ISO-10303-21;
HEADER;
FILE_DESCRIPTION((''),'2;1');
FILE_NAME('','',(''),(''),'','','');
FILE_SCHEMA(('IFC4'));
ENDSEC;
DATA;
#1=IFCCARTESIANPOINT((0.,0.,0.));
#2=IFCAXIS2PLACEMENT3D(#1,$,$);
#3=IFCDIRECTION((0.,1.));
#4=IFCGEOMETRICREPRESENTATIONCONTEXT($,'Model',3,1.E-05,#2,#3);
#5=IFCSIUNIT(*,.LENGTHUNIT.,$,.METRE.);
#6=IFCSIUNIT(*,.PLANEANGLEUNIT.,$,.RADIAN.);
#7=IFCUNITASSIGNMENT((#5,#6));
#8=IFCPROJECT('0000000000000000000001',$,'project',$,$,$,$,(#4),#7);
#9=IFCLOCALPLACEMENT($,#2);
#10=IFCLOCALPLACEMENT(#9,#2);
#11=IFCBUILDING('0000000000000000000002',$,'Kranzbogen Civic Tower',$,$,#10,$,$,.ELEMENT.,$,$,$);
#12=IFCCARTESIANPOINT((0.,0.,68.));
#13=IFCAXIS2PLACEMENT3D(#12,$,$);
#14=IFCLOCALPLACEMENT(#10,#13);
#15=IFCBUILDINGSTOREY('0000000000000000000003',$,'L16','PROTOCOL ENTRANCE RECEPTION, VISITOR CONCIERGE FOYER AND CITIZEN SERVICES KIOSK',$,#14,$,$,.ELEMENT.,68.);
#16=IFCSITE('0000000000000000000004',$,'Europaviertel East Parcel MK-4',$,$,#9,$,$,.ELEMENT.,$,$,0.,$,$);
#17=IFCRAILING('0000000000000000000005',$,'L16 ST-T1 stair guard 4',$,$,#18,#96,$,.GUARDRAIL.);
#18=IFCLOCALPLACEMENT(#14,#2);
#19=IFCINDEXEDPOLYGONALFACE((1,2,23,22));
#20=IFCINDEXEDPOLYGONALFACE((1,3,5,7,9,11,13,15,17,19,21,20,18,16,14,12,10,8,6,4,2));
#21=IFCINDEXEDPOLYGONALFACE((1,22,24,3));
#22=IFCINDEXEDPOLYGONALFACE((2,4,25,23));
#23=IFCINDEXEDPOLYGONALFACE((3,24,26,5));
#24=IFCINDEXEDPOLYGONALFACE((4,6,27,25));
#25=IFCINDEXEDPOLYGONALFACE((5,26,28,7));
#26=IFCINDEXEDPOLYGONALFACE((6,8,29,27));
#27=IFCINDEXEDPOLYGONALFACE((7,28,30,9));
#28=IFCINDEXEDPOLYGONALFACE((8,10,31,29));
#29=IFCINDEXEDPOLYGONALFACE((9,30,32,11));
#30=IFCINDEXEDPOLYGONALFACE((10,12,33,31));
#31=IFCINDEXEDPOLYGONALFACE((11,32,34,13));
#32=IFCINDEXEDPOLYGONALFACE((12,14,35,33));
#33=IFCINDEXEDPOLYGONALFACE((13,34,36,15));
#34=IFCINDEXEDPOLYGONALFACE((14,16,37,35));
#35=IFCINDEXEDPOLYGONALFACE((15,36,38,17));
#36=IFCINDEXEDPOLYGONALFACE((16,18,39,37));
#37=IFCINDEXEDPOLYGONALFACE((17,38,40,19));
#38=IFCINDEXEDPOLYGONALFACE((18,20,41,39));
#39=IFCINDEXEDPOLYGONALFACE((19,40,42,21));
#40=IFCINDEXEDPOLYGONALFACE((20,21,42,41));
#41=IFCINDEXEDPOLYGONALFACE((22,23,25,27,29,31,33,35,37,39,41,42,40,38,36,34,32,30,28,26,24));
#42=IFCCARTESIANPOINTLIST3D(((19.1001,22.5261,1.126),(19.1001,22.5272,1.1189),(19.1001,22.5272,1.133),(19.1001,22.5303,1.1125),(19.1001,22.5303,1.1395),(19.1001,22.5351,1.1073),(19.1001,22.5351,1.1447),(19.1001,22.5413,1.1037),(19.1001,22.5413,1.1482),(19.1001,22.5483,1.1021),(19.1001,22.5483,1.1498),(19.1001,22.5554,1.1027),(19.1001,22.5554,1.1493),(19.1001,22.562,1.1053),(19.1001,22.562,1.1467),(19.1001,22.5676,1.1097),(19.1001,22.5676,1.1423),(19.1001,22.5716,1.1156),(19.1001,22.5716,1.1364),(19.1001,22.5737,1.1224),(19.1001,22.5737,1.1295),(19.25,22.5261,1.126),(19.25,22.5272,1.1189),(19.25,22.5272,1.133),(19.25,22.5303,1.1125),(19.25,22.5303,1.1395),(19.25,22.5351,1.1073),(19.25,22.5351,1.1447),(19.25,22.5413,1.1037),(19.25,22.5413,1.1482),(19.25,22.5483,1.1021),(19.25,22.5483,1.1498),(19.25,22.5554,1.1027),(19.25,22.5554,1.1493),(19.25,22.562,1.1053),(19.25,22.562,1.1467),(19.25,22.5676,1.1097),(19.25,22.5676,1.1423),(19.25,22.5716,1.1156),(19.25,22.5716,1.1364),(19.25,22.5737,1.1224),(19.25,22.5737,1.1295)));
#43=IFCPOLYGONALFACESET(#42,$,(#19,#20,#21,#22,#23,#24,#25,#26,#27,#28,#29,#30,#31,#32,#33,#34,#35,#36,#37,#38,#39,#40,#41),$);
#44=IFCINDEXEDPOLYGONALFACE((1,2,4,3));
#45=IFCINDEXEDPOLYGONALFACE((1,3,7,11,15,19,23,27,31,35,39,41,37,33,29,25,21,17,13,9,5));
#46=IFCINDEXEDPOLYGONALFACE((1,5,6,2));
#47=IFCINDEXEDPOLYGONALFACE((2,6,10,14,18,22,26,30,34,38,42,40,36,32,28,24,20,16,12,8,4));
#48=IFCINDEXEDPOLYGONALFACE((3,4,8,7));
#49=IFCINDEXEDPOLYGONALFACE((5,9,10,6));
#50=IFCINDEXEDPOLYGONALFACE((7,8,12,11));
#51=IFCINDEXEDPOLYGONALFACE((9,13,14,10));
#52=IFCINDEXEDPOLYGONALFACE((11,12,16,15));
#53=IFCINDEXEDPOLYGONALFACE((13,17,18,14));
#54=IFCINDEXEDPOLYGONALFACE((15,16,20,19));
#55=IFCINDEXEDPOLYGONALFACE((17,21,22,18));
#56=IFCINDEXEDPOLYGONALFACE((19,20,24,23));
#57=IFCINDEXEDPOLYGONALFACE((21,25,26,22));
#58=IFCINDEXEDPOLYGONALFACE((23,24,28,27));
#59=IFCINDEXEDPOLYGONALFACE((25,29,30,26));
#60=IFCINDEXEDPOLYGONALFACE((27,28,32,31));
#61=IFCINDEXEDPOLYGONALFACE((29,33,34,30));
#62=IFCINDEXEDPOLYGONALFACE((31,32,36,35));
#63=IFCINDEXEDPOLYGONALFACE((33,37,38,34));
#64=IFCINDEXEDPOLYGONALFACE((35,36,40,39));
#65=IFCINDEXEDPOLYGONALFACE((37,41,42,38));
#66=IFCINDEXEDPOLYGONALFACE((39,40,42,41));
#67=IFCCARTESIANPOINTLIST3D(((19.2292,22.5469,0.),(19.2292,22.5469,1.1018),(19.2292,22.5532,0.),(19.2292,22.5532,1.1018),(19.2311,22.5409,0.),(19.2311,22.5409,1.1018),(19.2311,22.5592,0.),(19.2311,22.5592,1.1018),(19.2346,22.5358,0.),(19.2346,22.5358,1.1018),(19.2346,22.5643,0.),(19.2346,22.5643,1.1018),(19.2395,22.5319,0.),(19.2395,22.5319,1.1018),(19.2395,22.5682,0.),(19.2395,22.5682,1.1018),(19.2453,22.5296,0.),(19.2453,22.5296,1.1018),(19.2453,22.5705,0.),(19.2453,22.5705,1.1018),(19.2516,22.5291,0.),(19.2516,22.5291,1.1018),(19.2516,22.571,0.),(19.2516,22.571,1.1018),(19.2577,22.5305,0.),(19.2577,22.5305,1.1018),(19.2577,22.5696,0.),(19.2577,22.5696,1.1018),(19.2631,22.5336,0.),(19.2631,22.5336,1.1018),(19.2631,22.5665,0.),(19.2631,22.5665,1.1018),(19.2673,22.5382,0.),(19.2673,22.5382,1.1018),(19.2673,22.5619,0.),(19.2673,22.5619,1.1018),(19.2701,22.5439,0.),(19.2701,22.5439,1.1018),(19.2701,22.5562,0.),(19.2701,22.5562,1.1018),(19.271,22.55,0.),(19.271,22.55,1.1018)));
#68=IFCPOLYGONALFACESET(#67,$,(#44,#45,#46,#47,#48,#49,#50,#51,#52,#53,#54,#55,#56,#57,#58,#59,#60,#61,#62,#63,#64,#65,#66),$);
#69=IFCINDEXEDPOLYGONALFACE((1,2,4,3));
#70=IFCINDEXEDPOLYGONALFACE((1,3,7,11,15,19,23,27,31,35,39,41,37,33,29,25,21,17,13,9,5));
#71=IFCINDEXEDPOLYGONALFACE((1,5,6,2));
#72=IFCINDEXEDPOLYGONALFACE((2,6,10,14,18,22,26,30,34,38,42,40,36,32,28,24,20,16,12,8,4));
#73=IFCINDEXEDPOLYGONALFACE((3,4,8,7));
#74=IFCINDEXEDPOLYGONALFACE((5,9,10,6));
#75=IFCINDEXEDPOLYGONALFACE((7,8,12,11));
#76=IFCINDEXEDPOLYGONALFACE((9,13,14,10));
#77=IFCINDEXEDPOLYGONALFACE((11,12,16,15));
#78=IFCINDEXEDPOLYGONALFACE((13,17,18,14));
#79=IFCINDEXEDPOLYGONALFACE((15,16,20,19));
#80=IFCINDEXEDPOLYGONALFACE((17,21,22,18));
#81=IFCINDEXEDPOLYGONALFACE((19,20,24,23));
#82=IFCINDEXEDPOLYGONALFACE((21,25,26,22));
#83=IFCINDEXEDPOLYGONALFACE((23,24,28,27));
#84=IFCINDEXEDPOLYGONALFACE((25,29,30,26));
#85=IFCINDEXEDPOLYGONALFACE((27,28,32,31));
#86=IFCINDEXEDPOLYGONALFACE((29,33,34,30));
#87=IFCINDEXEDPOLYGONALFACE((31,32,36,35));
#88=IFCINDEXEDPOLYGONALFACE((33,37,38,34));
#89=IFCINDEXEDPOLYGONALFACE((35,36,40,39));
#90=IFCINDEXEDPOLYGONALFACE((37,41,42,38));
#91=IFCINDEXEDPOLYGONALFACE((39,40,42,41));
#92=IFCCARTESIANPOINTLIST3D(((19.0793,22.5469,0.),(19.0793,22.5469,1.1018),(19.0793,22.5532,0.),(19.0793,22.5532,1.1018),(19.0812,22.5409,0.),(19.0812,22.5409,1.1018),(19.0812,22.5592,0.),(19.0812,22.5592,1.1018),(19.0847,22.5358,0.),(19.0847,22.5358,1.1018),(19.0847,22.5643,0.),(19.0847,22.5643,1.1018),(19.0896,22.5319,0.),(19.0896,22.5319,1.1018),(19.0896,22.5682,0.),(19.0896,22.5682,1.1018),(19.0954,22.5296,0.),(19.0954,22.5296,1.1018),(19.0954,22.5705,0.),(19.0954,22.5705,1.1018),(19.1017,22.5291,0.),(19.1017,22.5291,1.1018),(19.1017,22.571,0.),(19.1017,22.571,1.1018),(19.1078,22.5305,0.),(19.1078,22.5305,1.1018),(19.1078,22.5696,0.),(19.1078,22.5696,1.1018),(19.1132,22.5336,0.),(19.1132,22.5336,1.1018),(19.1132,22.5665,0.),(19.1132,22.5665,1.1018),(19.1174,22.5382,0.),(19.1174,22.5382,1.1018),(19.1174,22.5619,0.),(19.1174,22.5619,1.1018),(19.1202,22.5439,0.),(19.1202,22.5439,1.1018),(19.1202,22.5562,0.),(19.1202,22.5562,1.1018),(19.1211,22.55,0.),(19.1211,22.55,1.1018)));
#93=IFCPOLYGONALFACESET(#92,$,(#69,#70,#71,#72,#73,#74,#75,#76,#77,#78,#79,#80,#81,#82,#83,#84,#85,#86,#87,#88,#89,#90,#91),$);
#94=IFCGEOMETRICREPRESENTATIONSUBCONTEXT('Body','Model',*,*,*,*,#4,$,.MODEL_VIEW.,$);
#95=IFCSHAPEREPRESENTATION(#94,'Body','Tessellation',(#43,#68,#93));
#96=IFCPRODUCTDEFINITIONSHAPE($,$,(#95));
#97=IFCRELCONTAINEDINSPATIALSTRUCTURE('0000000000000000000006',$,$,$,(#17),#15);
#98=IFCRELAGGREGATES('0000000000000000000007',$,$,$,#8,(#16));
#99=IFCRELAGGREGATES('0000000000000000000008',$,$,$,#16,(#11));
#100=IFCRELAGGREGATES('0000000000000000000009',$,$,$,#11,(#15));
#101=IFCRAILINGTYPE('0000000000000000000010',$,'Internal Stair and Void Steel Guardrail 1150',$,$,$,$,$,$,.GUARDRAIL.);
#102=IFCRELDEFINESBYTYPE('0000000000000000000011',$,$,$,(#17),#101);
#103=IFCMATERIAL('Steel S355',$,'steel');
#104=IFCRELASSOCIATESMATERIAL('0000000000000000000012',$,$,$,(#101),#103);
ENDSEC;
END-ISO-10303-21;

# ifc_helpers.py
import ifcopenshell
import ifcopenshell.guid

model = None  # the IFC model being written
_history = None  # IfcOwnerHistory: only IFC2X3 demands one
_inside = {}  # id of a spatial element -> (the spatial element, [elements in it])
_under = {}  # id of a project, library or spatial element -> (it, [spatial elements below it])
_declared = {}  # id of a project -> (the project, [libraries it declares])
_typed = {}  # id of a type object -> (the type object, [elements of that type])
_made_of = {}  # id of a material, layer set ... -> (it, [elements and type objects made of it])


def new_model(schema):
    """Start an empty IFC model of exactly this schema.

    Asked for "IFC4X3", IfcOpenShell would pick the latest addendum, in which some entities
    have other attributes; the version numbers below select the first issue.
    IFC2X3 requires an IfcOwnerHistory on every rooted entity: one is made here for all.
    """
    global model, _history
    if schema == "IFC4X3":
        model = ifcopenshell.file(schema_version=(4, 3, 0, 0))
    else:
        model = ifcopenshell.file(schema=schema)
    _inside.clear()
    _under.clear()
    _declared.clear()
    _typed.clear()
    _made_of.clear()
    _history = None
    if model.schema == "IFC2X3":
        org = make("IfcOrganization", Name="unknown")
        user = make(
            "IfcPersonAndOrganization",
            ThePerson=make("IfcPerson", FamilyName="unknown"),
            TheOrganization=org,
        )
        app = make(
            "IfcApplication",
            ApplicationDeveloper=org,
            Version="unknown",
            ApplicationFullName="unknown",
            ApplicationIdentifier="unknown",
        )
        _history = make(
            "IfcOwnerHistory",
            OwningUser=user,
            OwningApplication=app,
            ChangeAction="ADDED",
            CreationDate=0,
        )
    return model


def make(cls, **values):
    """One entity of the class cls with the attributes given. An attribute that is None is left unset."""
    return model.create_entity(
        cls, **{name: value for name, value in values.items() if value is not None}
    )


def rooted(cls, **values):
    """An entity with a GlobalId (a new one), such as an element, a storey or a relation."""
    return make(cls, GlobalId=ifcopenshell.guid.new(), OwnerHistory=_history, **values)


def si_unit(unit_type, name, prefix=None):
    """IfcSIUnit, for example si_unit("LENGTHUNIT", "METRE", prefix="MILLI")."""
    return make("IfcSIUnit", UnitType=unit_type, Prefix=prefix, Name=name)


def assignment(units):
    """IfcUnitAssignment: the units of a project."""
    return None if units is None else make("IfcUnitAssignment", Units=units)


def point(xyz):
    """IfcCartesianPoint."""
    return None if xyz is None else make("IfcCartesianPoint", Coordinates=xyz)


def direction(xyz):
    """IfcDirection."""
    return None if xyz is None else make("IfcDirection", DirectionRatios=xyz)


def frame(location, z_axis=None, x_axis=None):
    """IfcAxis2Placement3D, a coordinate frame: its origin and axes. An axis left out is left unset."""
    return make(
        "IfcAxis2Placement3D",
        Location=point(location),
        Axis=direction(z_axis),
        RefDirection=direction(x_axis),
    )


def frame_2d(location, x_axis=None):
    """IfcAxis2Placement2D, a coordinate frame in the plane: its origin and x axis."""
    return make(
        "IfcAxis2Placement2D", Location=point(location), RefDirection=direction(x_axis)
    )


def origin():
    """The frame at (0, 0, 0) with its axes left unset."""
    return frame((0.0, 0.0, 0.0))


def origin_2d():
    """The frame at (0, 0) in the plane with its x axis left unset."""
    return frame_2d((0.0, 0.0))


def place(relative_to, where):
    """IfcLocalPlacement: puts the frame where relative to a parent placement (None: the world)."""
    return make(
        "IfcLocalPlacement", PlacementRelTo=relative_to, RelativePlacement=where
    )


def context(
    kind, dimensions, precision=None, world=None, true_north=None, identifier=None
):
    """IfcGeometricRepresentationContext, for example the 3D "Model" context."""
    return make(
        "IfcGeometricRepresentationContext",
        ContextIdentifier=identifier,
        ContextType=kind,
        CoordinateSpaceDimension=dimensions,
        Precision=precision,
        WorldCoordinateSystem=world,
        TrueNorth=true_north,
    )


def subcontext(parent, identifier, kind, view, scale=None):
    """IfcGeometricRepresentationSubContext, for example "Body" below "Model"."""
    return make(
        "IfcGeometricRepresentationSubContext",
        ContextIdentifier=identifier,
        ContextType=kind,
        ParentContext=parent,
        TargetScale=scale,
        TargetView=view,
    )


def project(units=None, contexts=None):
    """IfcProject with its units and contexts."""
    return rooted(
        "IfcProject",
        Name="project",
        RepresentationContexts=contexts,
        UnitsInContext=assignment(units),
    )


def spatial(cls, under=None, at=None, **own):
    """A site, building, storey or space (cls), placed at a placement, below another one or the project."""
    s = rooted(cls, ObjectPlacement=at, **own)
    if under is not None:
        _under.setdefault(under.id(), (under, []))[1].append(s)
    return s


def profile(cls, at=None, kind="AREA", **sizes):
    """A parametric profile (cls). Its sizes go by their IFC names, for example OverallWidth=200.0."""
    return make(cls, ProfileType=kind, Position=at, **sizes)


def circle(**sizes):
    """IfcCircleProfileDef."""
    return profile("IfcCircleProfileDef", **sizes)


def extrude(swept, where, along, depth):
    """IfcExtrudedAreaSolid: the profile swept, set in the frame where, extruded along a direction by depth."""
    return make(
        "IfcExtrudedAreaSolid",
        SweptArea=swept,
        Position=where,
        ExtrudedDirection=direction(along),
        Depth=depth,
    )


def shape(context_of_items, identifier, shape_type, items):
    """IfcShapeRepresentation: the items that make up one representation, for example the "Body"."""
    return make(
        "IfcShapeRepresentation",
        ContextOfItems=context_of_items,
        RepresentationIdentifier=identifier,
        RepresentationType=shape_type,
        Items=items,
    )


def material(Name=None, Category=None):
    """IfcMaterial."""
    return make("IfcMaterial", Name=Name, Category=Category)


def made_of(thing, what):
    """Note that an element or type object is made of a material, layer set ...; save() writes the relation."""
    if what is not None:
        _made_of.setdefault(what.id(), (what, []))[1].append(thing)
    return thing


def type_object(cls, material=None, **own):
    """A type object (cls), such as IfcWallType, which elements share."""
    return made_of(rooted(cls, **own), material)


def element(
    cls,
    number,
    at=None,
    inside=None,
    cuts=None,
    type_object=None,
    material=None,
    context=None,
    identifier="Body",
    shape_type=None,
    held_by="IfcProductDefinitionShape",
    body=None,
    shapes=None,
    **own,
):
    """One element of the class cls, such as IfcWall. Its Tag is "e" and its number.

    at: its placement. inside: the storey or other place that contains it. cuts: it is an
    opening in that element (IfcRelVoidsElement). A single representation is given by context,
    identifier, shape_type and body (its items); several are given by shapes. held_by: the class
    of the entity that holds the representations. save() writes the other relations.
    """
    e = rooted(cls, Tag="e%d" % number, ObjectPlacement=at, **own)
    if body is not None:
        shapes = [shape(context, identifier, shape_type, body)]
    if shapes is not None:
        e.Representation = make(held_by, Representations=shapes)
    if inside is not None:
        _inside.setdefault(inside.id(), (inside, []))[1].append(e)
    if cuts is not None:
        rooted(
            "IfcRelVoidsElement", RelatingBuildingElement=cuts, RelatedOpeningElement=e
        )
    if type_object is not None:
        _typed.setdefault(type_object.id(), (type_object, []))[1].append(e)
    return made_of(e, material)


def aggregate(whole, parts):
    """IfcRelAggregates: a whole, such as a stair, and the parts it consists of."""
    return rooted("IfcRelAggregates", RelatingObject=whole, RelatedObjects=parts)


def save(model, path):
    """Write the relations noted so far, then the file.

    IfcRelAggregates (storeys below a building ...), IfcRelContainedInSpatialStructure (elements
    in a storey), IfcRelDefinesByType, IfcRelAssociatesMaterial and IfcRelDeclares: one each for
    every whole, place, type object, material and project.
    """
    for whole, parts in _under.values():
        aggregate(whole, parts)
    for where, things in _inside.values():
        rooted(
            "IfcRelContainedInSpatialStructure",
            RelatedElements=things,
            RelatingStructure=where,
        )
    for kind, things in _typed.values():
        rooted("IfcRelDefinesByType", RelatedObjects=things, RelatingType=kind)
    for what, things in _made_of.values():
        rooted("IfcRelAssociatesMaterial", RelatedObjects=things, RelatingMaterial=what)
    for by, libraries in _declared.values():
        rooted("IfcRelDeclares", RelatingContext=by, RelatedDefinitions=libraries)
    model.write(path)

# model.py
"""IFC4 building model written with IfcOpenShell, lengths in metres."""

from ifc_helpers import new_model, si_unit, direction, frame, origin, origin_2d, place, context, subcontext, project, spatial, circle, extrude, material, type_object, element, save


model = new_model("IFC4")

# Units and contexts
model_context = context("Model", 3, precision=1e-05, world=origin(), true_north=direction((0.0, 1.0)))
body_context = subcontext(model_context, "Body", "Model", "MODEL_VIEW")
ifc_project = project(units=[si_unit("LENGTHUNIT", "METRE"), si_unit("PLANEANGLEUNIT", "RADIAN")], contexts=[model_context])

# Site, building, storey
site_placement = place(None, origin())
site = spatial("IfcSite", under=ifc_project, at=site_placement, Name="Europaviertel East Parcel MK-4", CompositionType="ELEMENT", RefElevation=0.0)
building_placement = place(site_placement, origin())
building = spatial("IfcBuilding", under=site, at=building_placement, Name="Kranzbogen Civic Tower", CompositionType="ELEMENT")
storey_placement = place(building_placement, frame((0.0, 0.0, 68.0)))
storey = spatial("IfcBuildingStorey", under=building, at=storey_placement, Name="L16", Description="PROTOCOL ENTRANCE RECEPTION, VISITOR CONCIERGE FOYER AND CITIZEN SERVICES KIOSK", CompositionType="ELEMENT", Elevation=68.0)

# Shared definitions
ifc_material_1 = material(Name="Steel S355", Category="steel")

# Railing
railing_type_1 = type_object("IfcRailingType", Name="Internal Stair and Void Steel Guardrail 1150", PredefinedType="GUARDRAIL", material=ifc_material_1)
railing_1_placement = place(storey_placement, frame((19.25, 22.55, 0.0)))
element("IfcRailing", 1, at=railing_1_placement, inside=storey, type_object=railing_type_1, Name="L16 ST-T1 stair guard 4", PredefinedType="GUARDRAIL", context=body_context, shape_type="SweptSolid", body=[
    extrude(circle(Radius=0.0239, at=origin_2d()), frame((0.0, 0.0, 1.126), z_axis=(-1.0, 0.0, 0.0), x_axis=(0.0, -1.0, 0.0)), (0.0, 0.0, 1.0), 0.1499),
    extrude(circle(Radius=0.021, at=origin_2d()), origin(), (0.0, 0.0, 1.0), 1.1018),
    extrude(circle(Radius=0.021, at=origin_2d()), frame((-0.1499, 0.0, 0.0)), (0.0, 0.0, 1.0), 1.1018),
])

save(model, "model.ifc")
